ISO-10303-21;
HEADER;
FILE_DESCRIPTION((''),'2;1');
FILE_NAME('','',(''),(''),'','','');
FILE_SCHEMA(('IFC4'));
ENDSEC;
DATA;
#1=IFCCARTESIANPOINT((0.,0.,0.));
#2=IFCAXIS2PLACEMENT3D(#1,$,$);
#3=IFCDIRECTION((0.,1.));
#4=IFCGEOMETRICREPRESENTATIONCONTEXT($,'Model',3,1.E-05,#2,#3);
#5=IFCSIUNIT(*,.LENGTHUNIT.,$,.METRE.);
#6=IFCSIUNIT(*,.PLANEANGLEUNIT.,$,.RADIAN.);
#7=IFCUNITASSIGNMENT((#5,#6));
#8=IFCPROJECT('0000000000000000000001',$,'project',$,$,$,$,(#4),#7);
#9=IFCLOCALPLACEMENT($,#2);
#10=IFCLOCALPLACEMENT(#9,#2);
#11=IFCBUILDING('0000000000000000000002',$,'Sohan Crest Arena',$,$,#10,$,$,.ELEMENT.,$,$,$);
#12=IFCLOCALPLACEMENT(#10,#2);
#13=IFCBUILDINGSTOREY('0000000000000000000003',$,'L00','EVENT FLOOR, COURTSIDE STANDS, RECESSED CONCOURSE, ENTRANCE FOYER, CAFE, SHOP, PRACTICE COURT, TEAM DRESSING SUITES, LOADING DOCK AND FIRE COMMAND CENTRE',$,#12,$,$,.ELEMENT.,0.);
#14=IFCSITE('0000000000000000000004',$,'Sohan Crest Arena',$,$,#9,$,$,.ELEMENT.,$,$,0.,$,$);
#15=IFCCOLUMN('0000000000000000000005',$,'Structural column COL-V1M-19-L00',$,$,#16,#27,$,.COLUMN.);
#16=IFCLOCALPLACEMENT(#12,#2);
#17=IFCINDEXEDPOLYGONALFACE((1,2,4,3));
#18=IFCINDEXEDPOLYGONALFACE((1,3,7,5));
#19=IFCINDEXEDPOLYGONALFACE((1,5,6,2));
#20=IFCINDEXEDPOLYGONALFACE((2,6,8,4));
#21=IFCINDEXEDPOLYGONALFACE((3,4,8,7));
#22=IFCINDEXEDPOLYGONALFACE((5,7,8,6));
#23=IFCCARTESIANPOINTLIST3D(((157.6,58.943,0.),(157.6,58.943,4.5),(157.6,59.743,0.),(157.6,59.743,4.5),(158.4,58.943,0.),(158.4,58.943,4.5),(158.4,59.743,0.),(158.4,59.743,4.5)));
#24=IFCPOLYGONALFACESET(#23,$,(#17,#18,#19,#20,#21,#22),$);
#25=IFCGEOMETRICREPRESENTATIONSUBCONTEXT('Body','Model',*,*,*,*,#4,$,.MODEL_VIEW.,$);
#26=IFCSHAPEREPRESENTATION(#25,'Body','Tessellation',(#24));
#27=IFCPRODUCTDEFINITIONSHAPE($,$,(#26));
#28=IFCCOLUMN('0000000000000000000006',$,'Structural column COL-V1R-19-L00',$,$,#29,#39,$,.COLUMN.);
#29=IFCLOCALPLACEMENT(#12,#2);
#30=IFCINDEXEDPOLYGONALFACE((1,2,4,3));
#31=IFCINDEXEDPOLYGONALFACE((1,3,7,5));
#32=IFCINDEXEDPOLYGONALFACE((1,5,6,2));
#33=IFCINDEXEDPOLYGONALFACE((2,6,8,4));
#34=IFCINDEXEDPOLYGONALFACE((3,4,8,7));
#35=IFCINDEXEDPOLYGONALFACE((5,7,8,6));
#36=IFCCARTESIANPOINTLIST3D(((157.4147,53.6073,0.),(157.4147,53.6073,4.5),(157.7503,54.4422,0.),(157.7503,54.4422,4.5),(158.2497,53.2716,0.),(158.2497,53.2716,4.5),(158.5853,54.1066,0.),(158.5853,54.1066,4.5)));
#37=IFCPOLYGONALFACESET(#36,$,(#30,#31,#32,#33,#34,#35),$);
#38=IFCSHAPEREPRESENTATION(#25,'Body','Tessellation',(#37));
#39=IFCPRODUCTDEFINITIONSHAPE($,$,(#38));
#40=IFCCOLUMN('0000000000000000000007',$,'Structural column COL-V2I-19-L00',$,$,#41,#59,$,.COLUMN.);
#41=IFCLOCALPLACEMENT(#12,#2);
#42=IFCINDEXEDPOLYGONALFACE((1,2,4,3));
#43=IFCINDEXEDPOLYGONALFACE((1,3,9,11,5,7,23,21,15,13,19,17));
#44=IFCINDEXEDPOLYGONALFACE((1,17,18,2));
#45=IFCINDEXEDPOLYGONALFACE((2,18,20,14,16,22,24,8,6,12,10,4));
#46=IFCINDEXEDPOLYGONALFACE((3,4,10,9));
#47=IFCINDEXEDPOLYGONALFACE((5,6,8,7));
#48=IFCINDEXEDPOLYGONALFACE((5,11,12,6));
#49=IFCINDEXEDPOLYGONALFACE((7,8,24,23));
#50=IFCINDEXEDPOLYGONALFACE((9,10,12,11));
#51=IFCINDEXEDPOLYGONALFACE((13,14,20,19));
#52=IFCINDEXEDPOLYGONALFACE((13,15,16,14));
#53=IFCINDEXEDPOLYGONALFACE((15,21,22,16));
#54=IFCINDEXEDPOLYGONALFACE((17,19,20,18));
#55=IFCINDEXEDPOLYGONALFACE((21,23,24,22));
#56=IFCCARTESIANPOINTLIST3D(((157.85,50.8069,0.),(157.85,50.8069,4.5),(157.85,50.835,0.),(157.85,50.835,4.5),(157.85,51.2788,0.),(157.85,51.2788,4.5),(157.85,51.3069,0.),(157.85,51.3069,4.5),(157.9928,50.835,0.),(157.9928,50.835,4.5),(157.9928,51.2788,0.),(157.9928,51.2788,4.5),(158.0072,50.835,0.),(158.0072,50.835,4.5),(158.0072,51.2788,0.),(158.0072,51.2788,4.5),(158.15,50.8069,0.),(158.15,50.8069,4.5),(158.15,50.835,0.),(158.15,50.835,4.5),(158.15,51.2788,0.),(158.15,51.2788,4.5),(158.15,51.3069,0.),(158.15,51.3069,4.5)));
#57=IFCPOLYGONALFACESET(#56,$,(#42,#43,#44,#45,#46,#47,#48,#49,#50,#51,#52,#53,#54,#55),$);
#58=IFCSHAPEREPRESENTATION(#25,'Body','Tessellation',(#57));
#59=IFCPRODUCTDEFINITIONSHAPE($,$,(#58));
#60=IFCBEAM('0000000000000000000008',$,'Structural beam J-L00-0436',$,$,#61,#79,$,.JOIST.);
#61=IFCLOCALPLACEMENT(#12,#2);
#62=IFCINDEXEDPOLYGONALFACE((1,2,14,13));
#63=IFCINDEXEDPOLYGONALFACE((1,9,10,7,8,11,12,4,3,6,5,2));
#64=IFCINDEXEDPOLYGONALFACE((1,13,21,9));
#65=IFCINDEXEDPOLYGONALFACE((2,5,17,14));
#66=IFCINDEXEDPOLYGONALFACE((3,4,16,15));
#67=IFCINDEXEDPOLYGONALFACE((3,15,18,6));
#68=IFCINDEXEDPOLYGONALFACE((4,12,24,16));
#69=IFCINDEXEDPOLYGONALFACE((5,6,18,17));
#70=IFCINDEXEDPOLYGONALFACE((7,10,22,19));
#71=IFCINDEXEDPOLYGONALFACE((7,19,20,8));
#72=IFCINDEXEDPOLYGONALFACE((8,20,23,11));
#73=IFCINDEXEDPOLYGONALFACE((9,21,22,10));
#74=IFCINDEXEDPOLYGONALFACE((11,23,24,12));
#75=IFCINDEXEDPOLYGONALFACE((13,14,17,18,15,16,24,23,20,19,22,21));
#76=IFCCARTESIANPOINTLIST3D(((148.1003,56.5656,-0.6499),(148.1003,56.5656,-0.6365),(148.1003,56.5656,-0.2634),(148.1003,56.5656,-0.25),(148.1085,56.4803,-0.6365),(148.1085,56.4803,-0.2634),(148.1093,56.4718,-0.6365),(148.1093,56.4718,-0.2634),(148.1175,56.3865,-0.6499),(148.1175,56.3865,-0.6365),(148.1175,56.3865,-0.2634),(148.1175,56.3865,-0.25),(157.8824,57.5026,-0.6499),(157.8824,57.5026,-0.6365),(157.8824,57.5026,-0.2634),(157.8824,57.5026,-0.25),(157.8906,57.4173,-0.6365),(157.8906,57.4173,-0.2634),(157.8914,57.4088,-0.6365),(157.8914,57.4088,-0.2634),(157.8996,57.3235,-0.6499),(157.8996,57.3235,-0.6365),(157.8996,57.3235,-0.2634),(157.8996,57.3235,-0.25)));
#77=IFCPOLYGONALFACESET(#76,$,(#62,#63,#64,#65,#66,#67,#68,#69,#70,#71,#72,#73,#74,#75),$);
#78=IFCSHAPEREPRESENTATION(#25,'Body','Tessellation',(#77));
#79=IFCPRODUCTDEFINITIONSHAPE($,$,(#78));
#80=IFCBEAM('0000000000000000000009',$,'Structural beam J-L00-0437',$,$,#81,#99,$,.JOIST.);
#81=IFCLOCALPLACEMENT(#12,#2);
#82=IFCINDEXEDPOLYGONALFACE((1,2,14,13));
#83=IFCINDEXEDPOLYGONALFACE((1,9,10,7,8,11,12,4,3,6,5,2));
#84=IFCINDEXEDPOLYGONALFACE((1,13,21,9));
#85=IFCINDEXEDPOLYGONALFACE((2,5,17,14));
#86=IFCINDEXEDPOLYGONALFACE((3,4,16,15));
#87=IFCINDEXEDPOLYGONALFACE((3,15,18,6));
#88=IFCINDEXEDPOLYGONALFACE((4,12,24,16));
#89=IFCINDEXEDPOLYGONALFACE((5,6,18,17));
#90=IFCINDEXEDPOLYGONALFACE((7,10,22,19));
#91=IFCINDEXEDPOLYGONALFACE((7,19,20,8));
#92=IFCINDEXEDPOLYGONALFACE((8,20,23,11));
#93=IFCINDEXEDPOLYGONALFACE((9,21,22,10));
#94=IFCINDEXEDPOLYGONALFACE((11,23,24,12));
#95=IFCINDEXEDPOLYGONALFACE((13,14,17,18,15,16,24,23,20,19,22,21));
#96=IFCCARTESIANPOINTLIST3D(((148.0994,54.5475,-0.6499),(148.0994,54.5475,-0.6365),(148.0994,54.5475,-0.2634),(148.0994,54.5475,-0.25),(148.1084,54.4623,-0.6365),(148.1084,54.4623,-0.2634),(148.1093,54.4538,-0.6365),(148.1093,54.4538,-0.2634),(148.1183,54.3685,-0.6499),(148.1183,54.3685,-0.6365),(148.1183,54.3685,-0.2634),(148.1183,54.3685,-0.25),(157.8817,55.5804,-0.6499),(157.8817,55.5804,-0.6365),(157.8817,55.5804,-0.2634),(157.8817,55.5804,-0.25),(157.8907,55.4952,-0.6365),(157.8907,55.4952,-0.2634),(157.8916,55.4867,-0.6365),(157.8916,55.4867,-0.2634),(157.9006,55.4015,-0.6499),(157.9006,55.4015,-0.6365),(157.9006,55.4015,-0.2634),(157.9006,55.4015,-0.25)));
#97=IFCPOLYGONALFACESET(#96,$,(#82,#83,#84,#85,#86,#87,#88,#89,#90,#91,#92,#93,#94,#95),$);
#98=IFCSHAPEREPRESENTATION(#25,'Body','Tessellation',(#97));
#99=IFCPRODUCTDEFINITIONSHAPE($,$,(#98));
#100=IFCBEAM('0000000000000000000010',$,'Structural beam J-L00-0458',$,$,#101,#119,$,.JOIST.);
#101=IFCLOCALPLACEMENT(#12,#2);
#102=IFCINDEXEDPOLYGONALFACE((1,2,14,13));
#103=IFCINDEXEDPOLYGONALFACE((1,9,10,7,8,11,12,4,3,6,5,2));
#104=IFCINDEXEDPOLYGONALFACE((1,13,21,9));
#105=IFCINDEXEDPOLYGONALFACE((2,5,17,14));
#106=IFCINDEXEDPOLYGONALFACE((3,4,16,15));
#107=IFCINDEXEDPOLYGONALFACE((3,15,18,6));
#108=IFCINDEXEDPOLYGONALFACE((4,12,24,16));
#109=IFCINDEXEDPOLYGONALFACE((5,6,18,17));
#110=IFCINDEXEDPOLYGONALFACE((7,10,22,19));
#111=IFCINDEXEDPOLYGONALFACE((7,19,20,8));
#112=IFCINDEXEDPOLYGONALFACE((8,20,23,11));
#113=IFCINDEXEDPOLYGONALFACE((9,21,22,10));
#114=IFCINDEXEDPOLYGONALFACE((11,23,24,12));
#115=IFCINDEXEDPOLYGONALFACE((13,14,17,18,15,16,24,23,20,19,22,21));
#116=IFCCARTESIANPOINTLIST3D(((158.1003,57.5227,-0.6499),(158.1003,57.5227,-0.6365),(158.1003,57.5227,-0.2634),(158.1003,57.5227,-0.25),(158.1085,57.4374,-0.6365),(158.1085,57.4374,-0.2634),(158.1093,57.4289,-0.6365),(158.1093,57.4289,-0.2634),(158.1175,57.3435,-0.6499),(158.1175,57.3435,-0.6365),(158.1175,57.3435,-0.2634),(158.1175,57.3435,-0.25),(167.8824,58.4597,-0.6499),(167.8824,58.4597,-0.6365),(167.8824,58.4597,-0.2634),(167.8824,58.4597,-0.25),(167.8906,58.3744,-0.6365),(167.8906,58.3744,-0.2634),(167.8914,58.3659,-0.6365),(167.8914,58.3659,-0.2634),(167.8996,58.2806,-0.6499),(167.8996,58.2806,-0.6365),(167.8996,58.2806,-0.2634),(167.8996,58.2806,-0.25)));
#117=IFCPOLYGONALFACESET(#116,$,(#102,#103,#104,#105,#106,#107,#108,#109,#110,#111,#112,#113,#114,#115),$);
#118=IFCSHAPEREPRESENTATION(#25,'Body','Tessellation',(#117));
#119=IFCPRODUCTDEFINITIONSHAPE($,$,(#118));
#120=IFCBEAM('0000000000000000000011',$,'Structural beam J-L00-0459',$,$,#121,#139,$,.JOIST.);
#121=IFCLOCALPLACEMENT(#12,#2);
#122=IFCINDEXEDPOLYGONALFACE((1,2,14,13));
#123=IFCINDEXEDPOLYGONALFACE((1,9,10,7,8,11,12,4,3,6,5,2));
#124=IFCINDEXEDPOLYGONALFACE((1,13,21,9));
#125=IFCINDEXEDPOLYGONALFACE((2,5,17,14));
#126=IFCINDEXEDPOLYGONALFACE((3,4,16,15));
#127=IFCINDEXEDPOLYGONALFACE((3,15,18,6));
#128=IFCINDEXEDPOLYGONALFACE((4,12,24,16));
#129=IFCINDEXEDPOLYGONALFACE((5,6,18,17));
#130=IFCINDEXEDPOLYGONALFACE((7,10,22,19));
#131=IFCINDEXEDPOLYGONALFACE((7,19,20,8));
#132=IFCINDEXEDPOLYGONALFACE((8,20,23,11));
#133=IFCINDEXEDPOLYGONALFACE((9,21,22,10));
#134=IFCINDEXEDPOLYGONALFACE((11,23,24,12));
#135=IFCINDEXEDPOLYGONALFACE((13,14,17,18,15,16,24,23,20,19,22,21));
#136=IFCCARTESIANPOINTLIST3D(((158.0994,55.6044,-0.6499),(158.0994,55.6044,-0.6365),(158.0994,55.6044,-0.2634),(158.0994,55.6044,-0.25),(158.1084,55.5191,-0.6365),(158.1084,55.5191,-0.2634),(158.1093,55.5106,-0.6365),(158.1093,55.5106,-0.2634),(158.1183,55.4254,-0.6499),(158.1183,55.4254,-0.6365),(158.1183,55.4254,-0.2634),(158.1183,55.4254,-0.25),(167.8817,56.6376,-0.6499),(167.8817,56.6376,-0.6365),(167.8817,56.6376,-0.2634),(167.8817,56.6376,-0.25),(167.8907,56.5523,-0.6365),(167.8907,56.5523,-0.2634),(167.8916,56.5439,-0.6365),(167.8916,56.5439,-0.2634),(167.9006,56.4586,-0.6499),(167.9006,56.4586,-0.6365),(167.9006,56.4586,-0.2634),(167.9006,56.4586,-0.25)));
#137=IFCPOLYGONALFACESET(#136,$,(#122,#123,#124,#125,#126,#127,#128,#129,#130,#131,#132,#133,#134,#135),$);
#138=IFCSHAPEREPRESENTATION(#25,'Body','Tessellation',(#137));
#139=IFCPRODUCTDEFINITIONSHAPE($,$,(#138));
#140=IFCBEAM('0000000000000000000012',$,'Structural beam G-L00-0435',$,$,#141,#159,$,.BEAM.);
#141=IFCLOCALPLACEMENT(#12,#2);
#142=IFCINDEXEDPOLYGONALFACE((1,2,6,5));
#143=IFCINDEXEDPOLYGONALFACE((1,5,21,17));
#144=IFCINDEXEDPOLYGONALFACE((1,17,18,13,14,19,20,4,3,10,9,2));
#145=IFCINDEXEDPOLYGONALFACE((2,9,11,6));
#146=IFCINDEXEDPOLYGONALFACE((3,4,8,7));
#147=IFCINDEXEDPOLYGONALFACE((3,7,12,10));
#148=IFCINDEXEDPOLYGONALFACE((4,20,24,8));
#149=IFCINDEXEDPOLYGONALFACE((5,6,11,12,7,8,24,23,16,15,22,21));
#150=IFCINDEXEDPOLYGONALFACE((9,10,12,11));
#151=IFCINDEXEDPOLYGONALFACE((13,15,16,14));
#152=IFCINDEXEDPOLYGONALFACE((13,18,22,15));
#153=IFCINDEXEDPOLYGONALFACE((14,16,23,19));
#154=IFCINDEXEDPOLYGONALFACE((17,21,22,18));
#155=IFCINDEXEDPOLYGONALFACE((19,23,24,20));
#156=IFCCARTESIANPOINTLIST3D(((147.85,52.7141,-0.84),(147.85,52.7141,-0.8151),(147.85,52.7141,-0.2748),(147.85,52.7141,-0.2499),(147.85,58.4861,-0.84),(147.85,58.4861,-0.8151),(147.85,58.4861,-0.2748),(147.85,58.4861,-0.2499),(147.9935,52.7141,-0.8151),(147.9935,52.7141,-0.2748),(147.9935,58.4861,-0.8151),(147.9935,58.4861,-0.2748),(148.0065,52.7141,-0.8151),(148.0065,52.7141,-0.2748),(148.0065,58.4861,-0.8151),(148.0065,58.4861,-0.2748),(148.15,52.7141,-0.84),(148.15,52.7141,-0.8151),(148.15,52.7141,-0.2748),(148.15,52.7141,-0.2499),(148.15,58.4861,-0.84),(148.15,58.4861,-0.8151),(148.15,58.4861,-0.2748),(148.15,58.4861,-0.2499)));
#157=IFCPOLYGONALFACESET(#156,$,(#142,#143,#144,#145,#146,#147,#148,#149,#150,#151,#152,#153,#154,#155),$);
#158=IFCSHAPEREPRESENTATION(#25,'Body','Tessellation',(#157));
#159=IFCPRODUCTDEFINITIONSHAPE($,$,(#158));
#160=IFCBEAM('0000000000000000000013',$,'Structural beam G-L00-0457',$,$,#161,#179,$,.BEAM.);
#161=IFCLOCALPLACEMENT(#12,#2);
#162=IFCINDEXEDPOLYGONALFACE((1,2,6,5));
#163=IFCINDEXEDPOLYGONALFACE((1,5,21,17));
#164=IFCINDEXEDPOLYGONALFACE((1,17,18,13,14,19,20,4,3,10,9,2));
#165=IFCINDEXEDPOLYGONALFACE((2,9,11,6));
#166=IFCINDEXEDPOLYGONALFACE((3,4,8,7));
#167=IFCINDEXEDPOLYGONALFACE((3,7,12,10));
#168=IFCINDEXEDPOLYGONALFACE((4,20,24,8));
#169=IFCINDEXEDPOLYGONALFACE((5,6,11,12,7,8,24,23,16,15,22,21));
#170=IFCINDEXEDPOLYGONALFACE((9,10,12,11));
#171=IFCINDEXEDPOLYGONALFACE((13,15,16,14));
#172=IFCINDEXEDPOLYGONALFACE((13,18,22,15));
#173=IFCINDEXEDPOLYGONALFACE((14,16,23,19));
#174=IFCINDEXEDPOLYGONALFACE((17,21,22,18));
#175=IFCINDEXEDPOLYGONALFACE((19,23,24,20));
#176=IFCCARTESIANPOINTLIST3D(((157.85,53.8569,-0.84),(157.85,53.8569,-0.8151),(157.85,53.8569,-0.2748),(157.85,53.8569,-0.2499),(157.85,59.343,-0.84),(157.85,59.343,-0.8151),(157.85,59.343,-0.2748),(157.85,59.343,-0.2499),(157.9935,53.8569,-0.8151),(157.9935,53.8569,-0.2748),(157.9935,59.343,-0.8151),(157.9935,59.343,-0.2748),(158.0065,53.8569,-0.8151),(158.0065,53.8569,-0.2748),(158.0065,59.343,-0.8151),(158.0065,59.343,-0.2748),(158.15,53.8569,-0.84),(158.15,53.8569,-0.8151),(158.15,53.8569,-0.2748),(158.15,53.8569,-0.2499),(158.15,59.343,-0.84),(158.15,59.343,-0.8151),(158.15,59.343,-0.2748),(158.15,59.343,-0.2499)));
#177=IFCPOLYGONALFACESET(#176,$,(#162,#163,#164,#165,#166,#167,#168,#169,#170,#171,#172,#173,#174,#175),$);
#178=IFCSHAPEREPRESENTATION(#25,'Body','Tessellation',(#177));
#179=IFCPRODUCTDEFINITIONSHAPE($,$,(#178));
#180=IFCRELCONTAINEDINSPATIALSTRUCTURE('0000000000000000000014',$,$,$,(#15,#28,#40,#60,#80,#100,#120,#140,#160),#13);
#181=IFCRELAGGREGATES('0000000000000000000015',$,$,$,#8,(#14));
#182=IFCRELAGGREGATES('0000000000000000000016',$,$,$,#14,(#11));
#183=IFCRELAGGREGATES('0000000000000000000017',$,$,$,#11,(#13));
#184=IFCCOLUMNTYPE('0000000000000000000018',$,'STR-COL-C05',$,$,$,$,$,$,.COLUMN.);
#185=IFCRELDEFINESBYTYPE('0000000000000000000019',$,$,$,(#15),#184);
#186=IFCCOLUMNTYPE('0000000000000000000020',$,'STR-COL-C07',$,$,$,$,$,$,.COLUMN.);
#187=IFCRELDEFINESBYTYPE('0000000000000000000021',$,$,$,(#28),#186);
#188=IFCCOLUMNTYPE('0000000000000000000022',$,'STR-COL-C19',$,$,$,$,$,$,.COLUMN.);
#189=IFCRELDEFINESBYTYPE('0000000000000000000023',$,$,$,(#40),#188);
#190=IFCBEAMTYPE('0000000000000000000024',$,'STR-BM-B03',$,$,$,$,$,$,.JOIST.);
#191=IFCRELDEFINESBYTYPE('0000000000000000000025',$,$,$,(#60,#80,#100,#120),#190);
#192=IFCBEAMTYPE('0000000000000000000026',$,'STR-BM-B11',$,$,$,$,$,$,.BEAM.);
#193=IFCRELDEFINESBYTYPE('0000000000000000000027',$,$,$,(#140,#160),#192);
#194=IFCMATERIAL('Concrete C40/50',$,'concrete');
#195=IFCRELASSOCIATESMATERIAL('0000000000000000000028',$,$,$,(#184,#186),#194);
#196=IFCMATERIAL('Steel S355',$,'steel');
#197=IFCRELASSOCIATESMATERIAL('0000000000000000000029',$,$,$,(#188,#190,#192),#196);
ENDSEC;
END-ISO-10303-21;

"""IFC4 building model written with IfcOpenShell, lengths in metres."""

from ifc_helpers import new_model, si_unit, direction, frame, origin, origin_2d, place, context, subcontext, project, spatial, rectangle, i_section, extrude, material, material_profile, profile_set, type_object, element, save


model = new_model("IFC4")

# Units and contexts
model_context = context("Model", 3, precision=1e-05, world=origin(), true_north=direction((0.0, 1.0)))
body_context = subcontext(model_context, "Body", "Model", "MODEL_VIEW")
ifc_project = project(units=[si_unit("LENGTHUNIT", "METRE"), si_unit("PLANEANGLEUNIT", "RADIAN")], contexts=[model_context])

# Site, building, storey
site_placement = place(None, origin())
site = spatial("IfcSite", under=ifc_project, at=site_placement, Name="Sohan Crest Arena", CompositionType="ELEMENT", RefElevation=0.0)
building_placement = place(site_placement, origin())
building = spatial("IfcBuilding", under=site, at=building_placement, Name="Sohan Crest Arena", CompositionType="ELEMENT")
storey_placement = place(building_placement, origin())
storey = spatial("IfcBuildingStorey", under=building, at=storey_placement, Name="L00", Description="EVENT FLOOR, COURTSIDE STANDS, RECESSED CONCOURSE, ENTRANCE FOYER, CAFE, SHOP, PRACTICE COURT, TEAM DRESSING SUITES, LOADING DOCK AND FIRE COMMAND CENTRE", CompositionType="ELEMENT", Elevation=0.0)

# Columns
ifc_material_1 = material(Name="Concrete C40/50", Category="concrete")
ifc_material_profile_1 = material_profile(ifc_material_1, rectangle(XDim=0.8, YDim=0.8, at=origin_2d()), Name="RC 800x800")
ifc_profile_set_1 = profile_set([ifc_material_profile_1], Name="Concrete C40/50")
column_type_1 = type_object("IfcColumnType", Name="STR-COL-C05", PredefinedType="COLUMN", material=ifc_profile_set_1)
column_1_placement = place(storey_placement, frame((158.0, 59.343, 0.0), z_axis=(0.0, 0.0, 1.0), x_axis=(1.0, 0.0, 0.0)))
element("IfcColumn", 1, at=column_1_placement, inside=storey, type_object=column_type_1, Name="Structural column COL-V1M-19-L00", PredefinedType="COLUMN", context=body_context, shape_type="SweptSolid", body=[
    extrude(rectangle(XDim=0.8, YDim=0.8, at=origin_2d()), origin(), (0.0, 0.0, 1.0), 4.5),
])
ifc_material_profile_2 = material_profile(ifc_material_1, rectangle(XDim=0.8999, YDim=0.8999, at=origin_2d()), Name="RC 900x900")
ifc_profile_set_2 = profile_set([ifc_material_profile_2], Name="Concrete C40/50")
column_type_2 = type_object("IfcColumnType", Name="STR-COL-C07", PredefinedType="COLUMN", material=ifc_profile_set_2)
column_2_placement = place(storey_placement, frame((158.0, 53.8569, 0.0), z_axis=(0.0, 0.0, 1.0), x_axis=(-0.927836, 0.372988, 0.0)))
element("IfcColumn", 2, at=column_2_placement, inside=storey, type_object=column_type_2, Name="Structural column COL-V1R-19-L00", PredefinedType="COLUMN", context=body_context, shape_type="SweptSolid", body=[
    extrude(rectangle(XDim=0.8999, YDim=0.8999, at=origin_2d()), origin(), (0.0, 0.0, 1.0), 4.5),
])
ifc_material_2 = material(Name="Steel S355", Category="steel")
ifc_material_profile_3 = material_profile(ifc_material_2, i_section(OverallWidth=0.3, OverallDepth=0.5, WebThickness=0.0144, FlangeThickness=0.0281, at=origin_2d()), Name="HEB 500")
ifc_profile_set_3 = profile_set([ifc_material_profile_3], Name="Steel S355")
column_type_3 = type_object("IfcColumnType", Name="STR-COL-C19", PredefinedType="COLUMN", material=ifc_profile_set_3)
column_3_placement = place(storey_placement, frame((158.0, 51.0569, 0.0), z_axis=(0.0, 0.0, 1.0), x_axis=(1.0, 0.0, 0.0)))
element("IfcColumn", 3, at=column_3_placement, inside=storey, type_object=column_type_3, Name="Structural column COL-V2I-19-L00", PredefinedType="COLUMN", context=body_context, shape_type="SweptSolid", body=[
    extrude(i_section(OverallWidth=0.3, OverallDepth=0.5, WebThickness=0.0144, FlangeThickness=0.0281, at=origin_2d()), origin(), (0.0, 0.0, 1.0), 4.5),
])

# Beams
ifc_material_profile_4 = material_profile(ifc_material_2, i_section(OverallWidth=0.1799, OverallDepth=0.3999, WebThickness=0.0085, FlangeThickness=0.0134, at=origin_2d()), Name="IPE 400")
ifc_profile_set_4 = profile_set([ifc_material_profile_4], Name="Steel S355")
beam_type_1 = type_object("IfcBeamType", Name="STR-BM-B03", PredefinedType="JOIST", material=ifc_profile_set_4)
beam_1_placement = place(storey_placement, frame((148.1089, 56.4761, -0.45), z_axis=(0.995444, 0.095351, 0.0), x_axis=(-0.095351, 0.995444, 0.0)))
element("IfcBeam", 4, at=beam_1_placement, inside=storey, type_object=beam_type_1, Name="Structural beam J-L00-0436", PredefinedType="JOIST", context=body_context, shape_type="SweptSolid", body=[
    extrude(i_section(OverallWidth=0.1799, OverallDepth=0.3999, WebThickness=0.0085, FlangeThickness=0.0134, at=origin_2d()), origin(), (0.0, 0.0, 1.0), 9.8269),
])
beam_2_placement = place(storey_placement, frame((148.1089, 54.458, -0.45), z_axis=(0.994471, 0.105012, 0.0), x_axis=(-0.105012, 0.994471, 0.0)))
element("IfcBeam", 5, at=beam_2_placement, inside=storey, type_object=beam_type_1, Name="Structural beam J-L00-0437", PredefinedType="JOIST", context=body_context, shape_type="SweptSolid", body=[
    extrude(i_section(OverallWidth=0.1799, OverallDepth=0.3999, WebThickness=0.0085, FlangeThickness=0.0134, at=origin_2d()), origin(), (0.0, 0.0, 1.0), 9.8367),
])
beam_3_placement = place(storey_placement, frame((158.1089, 57.4331, -0.45), z_axis=(0.995444, 0.095351, 0.0), x_axis=(-0.095351, 0.995444, 0.0)))
element("IfcBeam", 6, at=beam_3_placement, inside=storey, type_object=beam_type_1, Name="Structural beam J-L00-0458", PredefinedType="JOIST", context=body_context, shape_type="SweptSolid", body=[
    extrude(i_section(OverallWidth=0.1799, OverallDepth=0.3999, WebThickness=0.0085, FlangeThickness=0.0134, at=origin_2d()), origin(), (0.0, 0.0, 1.0), 9.8269),
])
beam_4_placement = place(storey_placement, frame((158.1089, 55.5149, -0.45), z_axis=(0.994468, 0.105036, 0.0), x_axis=(-0.105036, 0.994468, 0.0)))
element("IfcBeam", 7, at=beam_4_placement, inside=storey, type_object=beam_type_1, Name="Structural beam J-L00-0459", PredefinedType="JOIST", context=body_context, shape_type="SweptSolid", body=[
    extrude(i_section(OverallWidth=0.1799, OverallDepth=0.3999, WebThickness=0.0085, FlangeThickness=0.0134, at=origin_2d()), origin(), (0.0, 0.0, 1.0), 9.8367),
])
ifc_material_profile_5 = material_profile(ifc_material_2, i_section(OverallWidth=0.3, OverallDepth=0.5901, WebThickness=0.0129, FlangeThickness=0.0249, at=origin_2d()), Name="HEA 600")
ifc_profile_set_5 = profile_set([ifc_material_profile_5], Name="Steel S355")
beam_type_2 = type_object("IfcBeamType", Name="STR-BM-B11", PredefinedType="BEAM", material=ifc_profile_set_5)
beam_5_placement = place(storey_placement, frame((148.0, 58.4861, -0.5449), z_axis=(0.0, -1.0, 0.0), x_axis=(1.0, 0.0, 0.0)))
element("IfcBeam", 8, at=beam_5_placement, inside=storey, type_object=beam_type_2, Name="Structural beam G-L00-0435", PredefinedType="BEAM", context=body_context, shape_type="SweptSolid", body=[
    extrude(i_section(OverallWidth=0.3, OverallDepth=0.5901, WebThickness=0.0129, FlangeThickness=0.0249, at=origin_2d()), origin(), (0.0, 0.0, 1.0), 5.772),
])
beam_6_placement = place(storey_placement, frame((158.0, 59.343, -0.5449), z_axis=(0.0, -1.0, 0.0), x_axis=(1.0, 0.0, 0.0)))
element("IfcBeam", 9, at=beam_6_placement, inside=storey, type_object=beam_type_2, Name="Structural beam G-L00-0457", PredefinedType="BEAM", context=body_context, shape_type="SweptSolid", body=[
    extrude(i_section(OverallWidth=0.3, OverallDepth=0.5901, WebThickness=0.0129, FlangeThickness=0.0249, at=origin_2d()), origin(), (0.0, 0.0, 1.0), 5.4861),
])

save(model, "model.ifc")
